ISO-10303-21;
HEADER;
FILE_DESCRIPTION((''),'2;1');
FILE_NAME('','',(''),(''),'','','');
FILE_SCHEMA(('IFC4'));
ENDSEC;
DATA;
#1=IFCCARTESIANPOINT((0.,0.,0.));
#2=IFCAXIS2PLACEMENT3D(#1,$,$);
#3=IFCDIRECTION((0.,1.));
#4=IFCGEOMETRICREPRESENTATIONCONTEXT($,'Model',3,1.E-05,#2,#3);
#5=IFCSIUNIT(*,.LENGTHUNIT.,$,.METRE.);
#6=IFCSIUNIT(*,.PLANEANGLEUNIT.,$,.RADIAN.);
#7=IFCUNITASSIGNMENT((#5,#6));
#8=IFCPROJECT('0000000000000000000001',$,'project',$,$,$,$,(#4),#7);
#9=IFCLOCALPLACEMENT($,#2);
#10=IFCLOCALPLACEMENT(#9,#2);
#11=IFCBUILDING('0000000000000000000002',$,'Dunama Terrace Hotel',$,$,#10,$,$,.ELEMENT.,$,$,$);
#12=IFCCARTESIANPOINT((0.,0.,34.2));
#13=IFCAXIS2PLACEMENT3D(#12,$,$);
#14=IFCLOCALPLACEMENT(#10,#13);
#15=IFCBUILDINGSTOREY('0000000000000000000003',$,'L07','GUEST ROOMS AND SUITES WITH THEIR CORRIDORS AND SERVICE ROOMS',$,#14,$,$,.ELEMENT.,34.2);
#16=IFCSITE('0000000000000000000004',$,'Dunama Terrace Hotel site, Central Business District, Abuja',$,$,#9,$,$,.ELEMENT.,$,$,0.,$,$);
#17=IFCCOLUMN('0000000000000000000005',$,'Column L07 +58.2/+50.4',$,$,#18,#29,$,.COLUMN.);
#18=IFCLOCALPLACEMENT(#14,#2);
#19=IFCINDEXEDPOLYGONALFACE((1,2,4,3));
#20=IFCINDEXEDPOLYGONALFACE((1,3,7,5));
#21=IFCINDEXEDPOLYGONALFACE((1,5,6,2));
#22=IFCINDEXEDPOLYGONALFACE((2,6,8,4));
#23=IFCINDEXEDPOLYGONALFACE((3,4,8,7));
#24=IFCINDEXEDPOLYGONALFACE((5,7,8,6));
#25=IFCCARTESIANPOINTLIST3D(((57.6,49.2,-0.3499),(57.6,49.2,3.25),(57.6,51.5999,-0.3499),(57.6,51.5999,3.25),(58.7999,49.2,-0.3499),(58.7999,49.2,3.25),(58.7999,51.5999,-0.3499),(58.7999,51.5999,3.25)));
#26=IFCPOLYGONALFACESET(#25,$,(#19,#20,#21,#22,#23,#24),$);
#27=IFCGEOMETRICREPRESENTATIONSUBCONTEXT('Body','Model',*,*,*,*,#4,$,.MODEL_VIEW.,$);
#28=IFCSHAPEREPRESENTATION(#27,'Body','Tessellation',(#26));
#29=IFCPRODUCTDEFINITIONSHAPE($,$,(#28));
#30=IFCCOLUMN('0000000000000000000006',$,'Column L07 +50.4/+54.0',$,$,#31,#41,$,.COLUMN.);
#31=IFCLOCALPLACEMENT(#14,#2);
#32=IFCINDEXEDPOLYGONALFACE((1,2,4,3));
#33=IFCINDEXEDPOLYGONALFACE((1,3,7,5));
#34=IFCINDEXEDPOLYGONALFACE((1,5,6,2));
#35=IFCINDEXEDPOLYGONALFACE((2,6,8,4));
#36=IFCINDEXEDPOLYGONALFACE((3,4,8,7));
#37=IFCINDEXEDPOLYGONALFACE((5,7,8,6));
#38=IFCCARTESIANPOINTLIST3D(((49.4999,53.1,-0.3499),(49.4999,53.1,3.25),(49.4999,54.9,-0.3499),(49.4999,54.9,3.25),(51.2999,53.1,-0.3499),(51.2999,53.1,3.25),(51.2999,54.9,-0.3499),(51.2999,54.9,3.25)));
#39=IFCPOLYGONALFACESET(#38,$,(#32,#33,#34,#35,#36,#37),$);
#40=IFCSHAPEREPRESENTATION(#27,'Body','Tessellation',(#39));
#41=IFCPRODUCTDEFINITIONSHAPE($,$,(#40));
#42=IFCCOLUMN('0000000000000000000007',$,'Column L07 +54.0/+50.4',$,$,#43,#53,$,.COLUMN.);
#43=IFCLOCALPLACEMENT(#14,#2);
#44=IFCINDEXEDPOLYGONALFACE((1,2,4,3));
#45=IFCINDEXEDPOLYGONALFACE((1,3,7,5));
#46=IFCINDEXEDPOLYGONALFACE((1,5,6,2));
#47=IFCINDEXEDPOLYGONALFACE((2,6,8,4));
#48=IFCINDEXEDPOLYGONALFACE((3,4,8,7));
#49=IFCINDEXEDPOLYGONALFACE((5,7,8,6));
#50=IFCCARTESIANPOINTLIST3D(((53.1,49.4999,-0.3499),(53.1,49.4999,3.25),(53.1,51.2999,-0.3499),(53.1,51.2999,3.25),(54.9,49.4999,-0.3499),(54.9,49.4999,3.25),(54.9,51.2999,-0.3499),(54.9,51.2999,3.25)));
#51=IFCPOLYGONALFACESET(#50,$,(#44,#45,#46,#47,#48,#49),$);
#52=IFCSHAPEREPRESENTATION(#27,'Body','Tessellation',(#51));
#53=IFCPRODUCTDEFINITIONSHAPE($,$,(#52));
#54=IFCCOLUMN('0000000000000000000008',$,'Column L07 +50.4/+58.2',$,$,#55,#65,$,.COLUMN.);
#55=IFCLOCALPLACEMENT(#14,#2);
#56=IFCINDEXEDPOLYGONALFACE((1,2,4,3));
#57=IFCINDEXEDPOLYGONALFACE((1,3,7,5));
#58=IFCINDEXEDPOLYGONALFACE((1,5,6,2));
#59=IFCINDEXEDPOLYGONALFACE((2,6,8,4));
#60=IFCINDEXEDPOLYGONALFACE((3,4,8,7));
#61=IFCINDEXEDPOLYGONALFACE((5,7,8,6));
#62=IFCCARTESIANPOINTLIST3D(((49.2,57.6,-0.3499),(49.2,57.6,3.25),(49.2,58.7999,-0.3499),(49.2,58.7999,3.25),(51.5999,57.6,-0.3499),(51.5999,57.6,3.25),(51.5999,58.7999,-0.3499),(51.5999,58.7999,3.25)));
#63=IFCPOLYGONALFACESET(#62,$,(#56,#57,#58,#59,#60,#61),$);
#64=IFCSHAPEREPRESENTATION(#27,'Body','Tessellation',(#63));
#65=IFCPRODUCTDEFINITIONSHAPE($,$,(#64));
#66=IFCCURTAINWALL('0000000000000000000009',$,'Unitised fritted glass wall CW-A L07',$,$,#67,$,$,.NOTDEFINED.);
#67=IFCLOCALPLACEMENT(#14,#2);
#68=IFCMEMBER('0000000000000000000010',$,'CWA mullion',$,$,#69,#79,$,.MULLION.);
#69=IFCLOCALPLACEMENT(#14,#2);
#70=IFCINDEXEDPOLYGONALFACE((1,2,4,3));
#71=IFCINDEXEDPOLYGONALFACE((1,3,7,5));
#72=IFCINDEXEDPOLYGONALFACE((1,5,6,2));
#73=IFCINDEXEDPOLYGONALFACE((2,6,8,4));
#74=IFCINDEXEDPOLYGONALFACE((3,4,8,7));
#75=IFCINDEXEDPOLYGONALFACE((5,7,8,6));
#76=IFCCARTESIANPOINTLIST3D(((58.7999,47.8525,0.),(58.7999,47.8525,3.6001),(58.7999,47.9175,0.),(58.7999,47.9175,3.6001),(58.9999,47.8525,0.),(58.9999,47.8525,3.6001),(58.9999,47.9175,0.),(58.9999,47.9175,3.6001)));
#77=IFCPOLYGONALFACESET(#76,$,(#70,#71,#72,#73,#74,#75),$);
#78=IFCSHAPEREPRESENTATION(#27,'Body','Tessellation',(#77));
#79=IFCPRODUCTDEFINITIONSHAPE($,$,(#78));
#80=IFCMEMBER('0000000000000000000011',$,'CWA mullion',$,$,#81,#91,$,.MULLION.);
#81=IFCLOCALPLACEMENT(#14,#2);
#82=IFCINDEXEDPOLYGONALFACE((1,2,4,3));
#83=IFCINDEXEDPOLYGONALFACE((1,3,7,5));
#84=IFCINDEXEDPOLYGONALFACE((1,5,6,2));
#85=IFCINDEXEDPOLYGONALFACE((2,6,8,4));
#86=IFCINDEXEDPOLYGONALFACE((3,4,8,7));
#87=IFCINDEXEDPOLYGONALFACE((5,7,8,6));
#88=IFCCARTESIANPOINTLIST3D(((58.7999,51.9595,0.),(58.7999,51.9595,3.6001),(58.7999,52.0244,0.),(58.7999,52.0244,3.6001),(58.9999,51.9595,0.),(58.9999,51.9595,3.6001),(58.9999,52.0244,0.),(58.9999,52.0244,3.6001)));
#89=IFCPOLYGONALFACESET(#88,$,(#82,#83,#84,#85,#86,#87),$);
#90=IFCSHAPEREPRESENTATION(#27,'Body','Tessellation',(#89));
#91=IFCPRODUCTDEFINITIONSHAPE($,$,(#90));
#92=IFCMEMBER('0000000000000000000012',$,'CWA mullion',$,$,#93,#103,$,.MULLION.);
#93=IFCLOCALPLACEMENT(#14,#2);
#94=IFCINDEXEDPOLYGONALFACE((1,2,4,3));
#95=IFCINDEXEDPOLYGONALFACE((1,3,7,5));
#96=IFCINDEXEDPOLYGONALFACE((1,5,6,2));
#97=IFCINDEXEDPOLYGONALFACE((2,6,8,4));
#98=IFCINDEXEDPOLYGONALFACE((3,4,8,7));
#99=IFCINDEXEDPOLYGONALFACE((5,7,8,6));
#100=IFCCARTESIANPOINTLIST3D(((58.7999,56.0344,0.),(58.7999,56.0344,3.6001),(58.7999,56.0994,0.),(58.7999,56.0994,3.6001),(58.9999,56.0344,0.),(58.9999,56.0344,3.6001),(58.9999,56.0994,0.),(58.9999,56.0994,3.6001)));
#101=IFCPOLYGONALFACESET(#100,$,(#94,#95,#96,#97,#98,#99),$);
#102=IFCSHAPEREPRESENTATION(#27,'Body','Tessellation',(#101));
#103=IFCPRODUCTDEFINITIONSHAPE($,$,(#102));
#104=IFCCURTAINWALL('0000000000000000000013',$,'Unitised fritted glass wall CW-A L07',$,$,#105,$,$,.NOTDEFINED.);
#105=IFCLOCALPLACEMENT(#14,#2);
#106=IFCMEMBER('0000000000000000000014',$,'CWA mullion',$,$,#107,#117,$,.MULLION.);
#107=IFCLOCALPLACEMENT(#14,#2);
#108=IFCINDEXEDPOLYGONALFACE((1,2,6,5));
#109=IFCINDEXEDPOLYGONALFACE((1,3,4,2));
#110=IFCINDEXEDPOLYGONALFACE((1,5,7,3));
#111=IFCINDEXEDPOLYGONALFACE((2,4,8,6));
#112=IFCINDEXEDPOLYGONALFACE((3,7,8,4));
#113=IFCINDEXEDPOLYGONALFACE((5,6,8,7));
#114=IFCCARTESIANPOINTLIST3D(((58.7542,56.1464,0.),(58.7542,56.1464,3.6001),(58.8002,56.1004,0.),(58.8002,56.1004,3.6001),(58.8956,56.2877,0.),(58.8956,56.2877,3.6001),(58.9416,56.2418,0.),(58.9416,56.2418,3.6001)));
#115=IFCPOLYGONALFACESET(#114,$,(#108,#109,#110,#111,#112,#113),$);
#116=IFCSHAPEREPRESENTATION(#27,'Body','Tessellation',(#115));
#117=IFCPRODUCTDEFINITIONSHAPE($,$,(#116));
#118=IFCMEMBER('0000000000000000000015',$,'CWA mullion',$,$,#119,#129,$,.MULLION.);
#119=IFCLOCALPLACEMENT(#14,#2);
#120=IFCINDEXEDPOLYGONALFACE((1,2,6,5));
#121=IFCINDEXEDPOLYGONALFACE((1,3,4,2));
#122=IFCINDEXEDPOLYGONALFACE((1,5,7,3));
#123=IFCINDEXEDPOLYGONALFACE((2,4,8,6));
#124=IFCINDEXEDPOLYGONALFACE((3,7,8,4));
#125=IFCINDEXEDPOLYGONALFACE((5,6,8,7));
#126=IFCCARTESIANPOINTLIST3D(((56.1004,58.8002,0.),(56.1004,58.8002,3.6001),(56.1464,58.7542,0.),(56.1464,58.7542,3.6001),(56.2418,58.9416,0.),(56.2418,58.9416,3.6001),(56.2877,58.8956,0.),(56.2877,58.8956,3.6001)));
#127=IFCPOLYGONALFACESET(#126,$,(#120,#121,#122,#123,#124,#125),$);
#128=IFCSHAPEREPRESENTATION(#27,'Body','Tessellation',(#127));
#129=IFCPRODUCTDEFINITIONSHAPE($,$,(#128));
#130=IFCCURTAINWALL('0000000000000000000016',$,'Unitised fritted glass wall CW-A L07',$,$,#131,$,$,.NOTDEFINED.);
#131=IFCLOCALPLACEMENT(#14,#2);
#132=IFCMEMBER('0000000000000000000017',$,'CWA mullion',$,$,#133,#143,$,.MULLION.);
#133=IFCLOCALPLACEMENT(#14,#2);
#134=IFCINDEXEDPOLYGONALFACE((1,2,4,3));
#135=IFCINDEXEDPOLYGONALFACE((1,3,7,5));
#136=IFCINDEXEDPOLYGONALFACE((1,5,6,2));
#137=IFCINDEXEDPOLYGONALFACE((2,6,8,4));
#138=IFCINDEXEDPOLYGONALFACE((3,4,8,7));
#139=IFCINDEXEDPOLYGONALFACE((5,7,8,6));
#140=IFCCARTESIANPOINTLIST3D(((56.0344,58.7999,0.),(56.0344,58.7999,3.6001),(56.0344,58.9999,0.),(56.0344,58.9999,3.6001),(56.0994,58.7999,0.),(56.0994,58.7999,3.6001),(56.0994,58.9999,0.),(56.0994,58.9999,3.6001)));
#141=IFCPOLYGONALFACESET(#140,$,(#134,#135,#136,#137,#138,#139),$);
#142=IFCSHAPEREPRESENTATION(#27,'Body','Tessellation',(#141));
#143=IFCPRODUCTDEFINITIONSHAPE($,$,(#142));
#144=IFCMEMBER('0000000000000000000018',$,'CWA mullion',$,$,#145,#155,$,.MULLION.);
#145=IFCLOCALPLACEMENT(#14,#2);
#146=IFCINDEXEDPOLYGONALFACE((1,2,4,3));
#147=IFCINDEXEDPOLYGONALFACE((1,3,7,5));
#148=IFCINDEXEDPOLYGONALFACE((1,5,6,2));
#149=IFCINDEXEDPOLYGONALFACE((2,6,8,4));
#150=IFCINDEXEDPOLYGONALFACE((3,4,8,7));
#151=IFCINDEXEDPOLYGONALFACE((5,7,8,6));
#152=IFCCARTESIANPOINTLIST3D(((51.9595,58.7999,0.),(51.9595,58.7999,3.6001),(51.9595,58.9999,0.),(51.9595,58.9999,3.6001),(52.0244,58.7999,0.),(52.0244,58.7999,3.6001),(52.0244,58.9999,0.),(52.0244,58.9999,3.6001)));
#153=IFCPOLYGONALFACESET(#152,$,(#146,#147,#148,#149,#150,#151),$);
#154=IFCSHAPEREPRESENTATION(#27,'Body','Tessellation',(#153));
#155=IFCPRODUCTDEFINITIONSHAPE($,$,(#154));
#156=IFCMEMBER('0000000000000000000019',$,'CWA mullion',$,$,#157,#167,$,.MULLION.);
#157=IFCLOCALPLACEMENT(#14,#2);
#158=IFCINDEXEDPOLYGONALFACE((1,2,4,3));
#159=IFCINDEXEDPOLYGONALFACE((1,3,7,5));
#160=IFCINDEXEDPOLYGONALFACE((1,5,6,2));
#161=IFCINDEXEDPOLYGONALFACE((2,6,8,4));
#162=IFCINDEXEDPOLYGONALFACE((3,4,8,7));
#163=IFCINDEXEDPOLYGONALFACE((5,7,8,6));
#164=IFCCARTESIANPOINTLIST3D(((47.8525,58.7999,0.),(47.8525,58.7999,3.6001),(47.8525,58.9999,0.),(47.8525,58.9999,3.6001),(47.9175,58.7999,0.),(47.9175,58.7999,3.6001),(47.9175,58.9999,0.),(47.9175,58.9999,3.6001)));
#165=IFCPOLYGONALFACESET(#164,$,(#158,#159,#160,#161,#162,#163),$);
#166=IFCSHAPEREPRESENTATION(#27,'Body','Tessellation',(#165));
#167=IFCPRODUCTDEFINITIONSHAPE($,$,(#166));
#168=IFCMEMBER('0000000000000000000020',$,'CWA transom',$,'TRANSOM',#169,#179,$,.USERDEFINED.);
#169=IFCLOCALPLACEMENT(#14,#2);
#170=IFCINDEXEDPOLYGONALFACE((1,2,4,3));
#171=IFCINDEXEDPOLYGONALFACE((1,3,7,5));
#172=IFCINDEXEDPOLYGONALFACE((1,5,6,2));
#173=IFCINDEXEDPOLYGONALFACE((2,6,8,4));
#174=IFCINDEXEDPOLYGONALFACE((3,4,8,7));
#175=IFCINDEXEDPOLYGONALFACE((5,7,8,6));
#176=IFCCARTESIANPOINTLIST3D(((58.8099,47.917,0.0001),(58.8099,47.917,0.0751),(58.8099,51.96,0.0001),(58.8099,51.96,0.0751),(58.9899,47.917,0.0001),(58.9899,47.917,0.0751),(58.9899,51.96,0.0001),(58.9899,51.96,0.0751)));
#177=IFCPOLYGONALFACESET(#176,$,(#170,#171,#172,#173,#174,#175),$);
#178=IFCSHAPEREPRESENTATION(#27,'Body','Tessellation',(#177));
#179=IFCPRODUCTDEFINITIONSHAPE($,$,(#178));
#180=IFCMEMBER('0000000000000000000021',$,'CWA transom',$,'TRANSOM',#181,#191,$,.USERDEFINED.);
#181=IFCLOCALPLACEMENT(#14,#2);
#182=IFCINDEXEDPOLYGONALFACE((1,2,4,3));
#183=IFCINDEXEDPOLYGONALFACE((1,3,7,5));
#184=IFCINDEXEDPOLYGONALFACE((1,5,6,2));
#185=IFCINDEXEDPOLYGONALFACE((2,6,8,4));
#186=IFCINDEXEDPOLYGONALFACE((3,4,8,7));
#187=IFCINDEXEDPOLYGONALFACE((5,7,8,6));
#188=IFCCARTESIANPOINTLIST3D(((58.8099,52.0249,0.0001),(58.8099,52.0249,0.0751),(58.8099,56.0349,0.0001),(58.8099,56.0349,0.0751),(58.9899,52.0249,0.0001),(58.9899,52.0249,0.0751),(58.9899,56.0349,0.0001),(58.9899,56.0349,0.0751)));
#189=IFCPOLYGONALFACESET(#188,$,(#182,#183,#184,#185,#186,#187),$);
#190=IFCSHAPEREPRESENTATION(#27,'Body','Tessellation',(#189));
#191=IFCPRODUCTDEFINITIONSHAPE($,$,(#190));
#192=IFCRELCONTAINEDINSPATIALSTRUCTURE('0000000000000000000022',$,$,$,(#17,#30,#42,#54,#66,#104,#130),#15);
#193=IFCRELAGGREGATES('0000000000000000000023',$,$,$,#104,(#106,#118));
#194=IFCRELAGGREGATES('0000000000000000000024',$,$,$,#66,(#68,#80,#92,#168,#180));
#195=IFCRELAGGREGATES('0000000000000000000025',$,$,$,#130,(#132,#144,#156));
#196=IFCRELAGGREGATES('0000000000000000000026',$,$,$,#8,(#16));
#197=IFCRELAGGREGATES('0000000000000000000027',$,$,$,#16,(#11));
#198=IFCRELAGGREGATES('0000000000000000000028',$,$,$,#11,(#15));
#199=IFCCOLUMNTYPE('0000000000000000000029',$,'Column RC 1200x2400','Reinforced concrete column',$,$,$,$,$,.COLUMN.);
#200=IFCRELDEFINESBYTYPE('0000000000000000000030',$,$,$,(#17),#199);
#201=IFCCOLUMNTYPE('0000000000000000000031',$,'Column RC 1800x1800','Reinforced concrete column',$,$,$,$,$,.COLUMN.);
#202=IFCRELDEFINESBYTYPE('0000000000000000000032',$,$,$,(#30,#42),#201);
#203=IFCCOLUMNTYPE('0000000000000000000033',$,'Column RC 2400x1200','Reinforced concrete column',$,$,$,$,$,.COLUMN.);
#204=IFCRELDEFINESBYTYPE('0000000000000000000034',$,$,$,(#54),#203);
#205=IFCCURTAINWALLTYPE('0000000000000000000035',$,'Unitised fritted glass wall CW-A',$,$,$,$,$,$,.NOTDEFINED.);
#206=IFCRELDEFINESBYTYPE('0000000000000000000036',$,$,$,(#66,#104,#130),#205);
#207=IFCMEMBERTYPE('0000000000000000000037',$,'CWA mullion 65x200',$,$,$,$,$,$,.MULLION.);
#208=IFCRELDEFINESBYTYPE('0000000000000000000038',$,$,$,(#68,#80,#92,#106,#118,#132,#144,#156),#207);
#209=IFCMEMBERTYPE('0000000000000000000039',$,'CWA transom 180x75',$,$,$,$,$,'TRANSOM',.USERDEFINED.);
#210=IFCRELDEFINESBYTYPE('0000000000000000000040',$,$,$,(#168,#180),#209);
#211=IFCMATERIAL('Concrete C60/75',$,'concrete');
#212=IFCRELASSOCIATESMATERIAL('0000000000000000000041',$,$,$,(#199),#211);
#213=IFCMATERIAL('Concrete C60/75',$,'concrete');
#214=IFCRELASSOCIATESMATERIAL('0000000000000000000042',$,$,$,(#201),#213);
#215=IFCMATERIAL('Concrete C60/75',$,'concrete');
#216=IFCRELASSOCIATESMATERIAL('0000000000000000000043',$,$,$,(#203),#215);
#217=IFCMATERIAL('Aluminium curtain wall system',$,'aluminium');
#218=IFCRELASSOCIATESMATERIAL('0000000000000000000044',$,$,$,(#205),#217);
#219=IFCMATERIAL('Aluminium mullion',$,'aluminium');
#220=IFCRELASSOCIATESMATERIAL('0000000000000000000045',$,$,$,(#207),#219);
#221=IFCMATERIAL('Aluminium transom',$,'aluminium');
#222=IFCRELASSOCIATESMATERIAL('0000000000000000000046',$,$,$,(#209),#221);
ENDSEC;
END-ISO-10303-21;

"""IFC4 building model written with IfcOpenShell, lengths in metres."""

from ifc_helpers import new_model, si_unit, direction, frame, origin, origin_2d, place, context, subcontext, project, spatial, rectangle, extrude, material, material_profile, profile_set, type_object, element, aggregate, save


model = new_model("IFC4")

# Units and contexts
model_context = context("Model", 3, precision=1e-05, world=origin(), true_north=direction((0.0, 1.0)))
body_context = subcontext(model_context, "Body", "Model", "MODEL_VIEW")
ifc_project = project(units=[si_unit("LENGTHUNIT", "METRE"), si_unit("PLANEANGLEUNIT", "RADIAN")], contexts=[model_context])

# Site, building, storey
site_placement = place(None, origin())
site = spatial("IfcSite", under=ifc_project, at=site_placement, Name="Dunama Terrace Hotel site, Central Business District, Abuja", CompositionType="ELEMENT", RefElevation=0.0)
building_placement = place(site_placement, origin())
building = spatial("IfcBuilding", under=site, at=building_placement, Name="Dunama Terrace Hotel", CompositionType="ELEMENT")
storey_placement = place(building_placement, frame((0.0, 0.0, 34.2)))
storey = spatial("IfcBuildingStorey", under=building, at=storey_placement, Name="L07", Description="GUEST ROOMS AND SUITES WITH THEIR CORRIDORS AND SERVICE ROOMS", CompositionType="ELEMENT", Elevation=34.2)

# Columns
ifc_material_1 = material(Name="Concrete C60/75", Category="concrete")
ifc_material_profile_1 = material_profile(ifc_material_1, rectangle(XDim=1.2, YDim=2.3999, at=origin_2d()), Name="RC 1200x2400")
ifc_profile_set_1 = profile_set([ifc_material_profile_1], Name="Concrete C60/75")
column_type_1 = type_object("IfcColumnType", Name="Column RC 1200x2400", Description="Reinforced concrete column", PredefinedType="COLUMN", material=ifc_profile_set_1)
column_1_placement = place(storey_placement, frame((58.2, 50.3999, -0.3499), z_axis=(0.0, 0.0, 1.0), x_axis=(1.0, 0.0, 0.0)))
element("IfcColumn", 1, at=column_1_placement, inside=storey, type_object=column_type_1, Name="Column L07 +58.2/+50.4", PredefinedType="COLUMN", context=body_context, shape_type="SweptSolid", body=[
    extrude(rectangle(XDim=1.2, YDim=2.3999, at=origin_2d()), origin(), (0.0, 0.0, 1.0), 3.5999),
])
ifc_material_2 = material(Name="Concrete C60/75", Category="concrete")
ifc_material_profile_2 = material_profile(ifc_material_2, rectangle(XDim=1.8, YDim=1.8, at=origin_2d()), Name="RC 1800x1800")
ifc_profile_set_2 = profile_set([ifc_material_profile_2], Name="Concrete C60/75")
column_type_2 = type_object("IfcColumnType", Name="Column RC 1800x1800", Description="Reinforced concrete column", PredefinedType="COLUMN", material=ifc_profile_set_2)
for number, where, z_axis, x_axis, name in (
    (2, (50.3999, 54.0, -0.3499), (0.0, 0.0, 1.0), (1.0, 0.0, 0.0), "Column L07 +50.4/+54.0"),
    (3, (54.0, 50.3999, -0.3499), (0.0, 0.0, 1.0), (1.0, 0.0, 0.0), "Column L07 +54.0/+50.4"),
):
    element("IfcColumn", number, at=place(storey_placement, frame(where, z_axis=z_axis, x_axis=x_axis)), inside=storey, type_object=column_type_2, Name=name, PredefinedType="COLUMN", context=body_context, shape_type="SweptSolid", body=[
        extrude(rectangle(XDim=1.8, YDim=1.8, at=origin_2d()), origin(), (0.0, 0.0, 1.0), 3.5999),
    ])
ifc_material_3 = material(Name="Concrete C60/75", Category="concrete")
ifc_material_profile_3 = material_profile(ifc_material_3, rectangle(XDim=2.3999, YDim=1.2, at=origin_2d()), Name="RC 2400x1200")
ifc_profile_set_3 = profile_set([ifc_material_profile_3], Name="Concrete C60/75")
column_type_3 = type_object("IfcColumnType", Name="Column RC 2400x1200", Description="Reinforced concrete column", PredefinedType="COLUMN", material=ifc_profile_set_3)
column_2_placement = place(storey_placement, frame((50.3999, 58.2, -0.3499), z_axis=(0.0, 0.0, 1.0), x_axis=(1.0, 0.0, 0.0)))
element("IfcColumn", 4, at=column_2_placement, inside=storey, type_object=column_type_3, Name="Column L07 +50.4/+58.2", PredefinedType="COLUMN", context=body_context, shape_type="SweptSolid", body=[
    extrude(rectangle(XDim=2.3999, YDim=1.2, at=origin_2d()), origin(), (0.0, 0.0, 1.0), 3.5999),
])

# Curtain walls, members
ifc_material_4 = material(Name="Aluminium curtain wall system", Category="aluminium")
curtain_wall_type = type_object("IfcCurtainWallType", Name="Unitised fritted glass wall CW-A", PredefinedType="NOTDEFINED", material=ifc_material_4)
curtain_wall_1_placement = place(storey_placement, origin())
curtain_wall_1 = element("IfcCurtainWall", 5, at=curtain_wall_1_placement, inside=storey, type_object=curtain_wall_type, Name="Unitised fritted glass wall CW-A L07", PredefinedType="NOTDEFINED")
ifc_material_5 = material(Name="Aluminium mullion", Category="aluminium")
ifc_material_profile_4 = material_profile(ifc_material_5, rectangle(XDim=0.0649, YDim=0.2, at=origin_2d()), Name="CWA MULLION 65X200")
ifc_profile_set_4 = profile_set([ifc_material_profile_4], Name="Aluminium mullion")
member_type_1 = type_object("IfcMemberType", Name="CWA mullion 65x200", PredefinedType="MULLION", material=ifc_profile_set_4)
member_1_placement = place(storey_placement, frame((58.8999, 47.885, 0.0), z_axis=(0.0, 0.0, 1.0), x_axis=(0.0, 1.0, 0.0)))
member_1 = element("IfcMember", 6, at=member_1_placement, type_object=member_type_1, Name="CWA mullion", PredefinedType="MULLION", context=body_context, shape_type="SweptSolid", body=[
    extrude(rectangle(XDim=0.0649, YDim=0.2, at=origin_2d()), origin(), (0.0, 0.0, 1.0), 3.6001),
])
member_2_placement = place(storey_placement, frame((58.8999, 51.9919, 0.0), z_axis=(0.0, 0.0, 1.0), x_axis=(0.0, 1.0, 0.0)))
member_2 = element("IfcMember", 7, at=member_2_placement, type_object=member_type_1, Name="CWA mullion", PredefinedType="MULLION", context=body_context, shape_type="SweptSolid", body=[
    extrude(rectangle(XDim=0.0649, YDim=0.2, at=origin_2d()), origin(), (0.0, 0.0, 1.0), 3.6001),
])
member_3_placement = place(storey_placement, frame((58.8999, 56.0669, 0.0), z_axis=(0.0, 0.0, 1.0), x_axis=(0.0, 1.0, 0.0)))
member_3 = element("IfcMember", 8, at=member_3_placement, type_object=member_type_1, Name="CWA mullion", PredefinedType="MULLION", context=body_context, shape_type="SweptSolid", body=[
    extrude(rectangle(XDim=0.0649, YDim=0.2, at=origin_2d()), origin(), (0.0, 0.0, 1.0), 3.6001),
])
curtain_wall_2_placement = place(storey_placement, origin())
curtain_wall_2 = element("IfcCurtainWall", 9, at=curtain_wall_2_placement, inside=storey, type_object=curtain_wall_type, Name="Unitised fritted glass wall CW-A L07", PredefinedType="NOTDEFINED")
member_4_placement = place(storey_placement, frame((58.8479, 56.1941, 0.0), z_axis=(0.0, 0.0, 1.0), x_axis=(-0.707107, 0.707107, 0.0)))
member_4 = element("IfcMember", 10, at=member_4_placement, type_object=member_type_1, Name="CWA mullion", PredefinedType="MULLION", context=body_context, shape_type="SweptSolid", body=[
    extrude(rectangle(XDim=0.0649, YDim=0.2, at=origin_2d()), origin(), (0.0, 0.0, 1.0), 3.6001),
])
member_5_placement = place(storey_placement, frame((56.1941, 58.8479, 0.0), z_axis=(0.0, 0.0, 1.0), x_axis=(-0.707107, 0.707107, 0.0)))
member_5 = element("IfcMember", 11, at=member_5_placement, type_object=member_type_1, Name="CWA mullion", PredefinedType="MULLION", context=body_context, shape_type="SweptSolid", body=[
    extrude(rectangle(XDim=0.0649, YDim=0.2, at=origin_2d()), origin(), (0.0, 0.0, 1.0), 3.6001),
])
curtain_wall_3_placement = place(storey_placement, origin())
curtain_wall_3 = element("IfcCurtainWall", 12, at=curtain_wall_3_placement, inside=storey, type_object=curtain_wall_type, Name="Unitised fritted glass wall CW-A L07", PredefinedType="NOTDEFINED")
member_6_placement = place(storey_placement, frame((56.0669, 58.8999, 0.0), z_axis=(0.0, 0.0, 1.0), x_axis=(-1.0, 0.0, 0.0)))
member_6 = element("IfcMember", 13, at=member_6_placement, type_object=member_type_1, Name="CWA mullion", PredefinedType="MULLION", context=body_context, shape_type="SweptSolid", body=[
    extrude(rectangle(XDim=0.0649, YDim=0.2, at=origin_2d()), origin(), (0.0, 0.0, 1.0), 3.6001),
])
member_7_placement = place(storey_placement, frame((51.9919, 58.8999, 0.0), z_axis=(0.0, 0.0, 1.0), x_axis=(-1.0, 0.0, 0.0)))
member_7 = element("IfcMember", 14, at=member_7_placement, type_object=member_type_1, Name="CWA mullion", PredefinedType="MULLION", context=body_context, shape_type="SweptSolid", body=[
    extrude(rectangle(XDim=0.0649, YDim=0.2, at=origin_2d()), origin(), (0.0, 0.0, 1.0), 3.6001),
])
member_8_placement = place(storey_placement, frame((47.885, 58.8999, 0.0), z_axis=(0.0, 0.0, 1.0), x_axis=(-1.0, 0.0, 0.0)))
member_8 = element("IfcMember", 15, at=member_8_placement, type_object=member_type_1, Name="CWA mullion", PredefinedType="MULLION", context=body_context, shape_type="SweptSolid", body=[
    extrude(rectangle(XDim=0.0649, YDim=0.2, at=origin_2d()), origin(), (0.0, 0.0, 1.0), 3.6001),
])

# Members
ifc_material_6 = material(Name="Aluminium transom", Category="aluminium")
ifc_material_profile_5 = material_profile(ifc_material_6, rectangle(XDim=0.1799, YDim=0.075, at=origin_2d()), Name="CWA TRANSOM 180X75")
ifc_profile_set_5 = profile_set([ifc_material_profile_5], Name="Aluminium transom")
member_type_2 = type_object("IfcMemberType", Name="CWA transom 180x75", ElementType="TRANSOM", PredefinedType="USERDEFINED", material=ifc_profile_set_5)
member_9_placement = place(storey_placement, frame((58.8999, 47.917, 0.0376), z_axis=(0.0, 1.0, 0.0), x_axis=(-1.0, 0.0, 0.0)))
member_9 = element("IfcMember", 16, at=member_9_placement, type_object=member_type_2, Name="CWA transom", ObjectType="TRANSOM", PredefinedType="USERDEFINED", context=body_context, shape_type="SweptSolid", body=[
    extrude(rectangle(XDim=0.1799, YDim=0.075, at=origin_2d()), origin(), (0.0, 0.0, 1.0), 4.043),
])
member_10_placement = place(storey_placement, frame((58.8999, 52.0249, 0.0376), z_axis=(0.0, 1.0, 0.0), x_axis=(-1.0, 0.0, 0.0)))
member_10 = element("IfcMember", 17, at=member_10_placement, type_object=member_type_2, Name="CWA transom", ObjectType="TRANSOM", PredefinedType="USERDEFINED", context=body_context, shape_type="SweptSolid", body=[
    extrude(rectangle(XDim=0.1799, YDim=0.075, at=origin_2d()), origin(), (0.0, 0.0, 1.0), 4.01),
])

aggregate(curtain_wall_2, [member_4, member_5])
aggregate(curtain_wall_1, [member_1, member_2, member_3, member_9, member_10])
aggregate(curtain_wall_3, [member_6, member_7, member_8])

save(model, "model.ifc")
